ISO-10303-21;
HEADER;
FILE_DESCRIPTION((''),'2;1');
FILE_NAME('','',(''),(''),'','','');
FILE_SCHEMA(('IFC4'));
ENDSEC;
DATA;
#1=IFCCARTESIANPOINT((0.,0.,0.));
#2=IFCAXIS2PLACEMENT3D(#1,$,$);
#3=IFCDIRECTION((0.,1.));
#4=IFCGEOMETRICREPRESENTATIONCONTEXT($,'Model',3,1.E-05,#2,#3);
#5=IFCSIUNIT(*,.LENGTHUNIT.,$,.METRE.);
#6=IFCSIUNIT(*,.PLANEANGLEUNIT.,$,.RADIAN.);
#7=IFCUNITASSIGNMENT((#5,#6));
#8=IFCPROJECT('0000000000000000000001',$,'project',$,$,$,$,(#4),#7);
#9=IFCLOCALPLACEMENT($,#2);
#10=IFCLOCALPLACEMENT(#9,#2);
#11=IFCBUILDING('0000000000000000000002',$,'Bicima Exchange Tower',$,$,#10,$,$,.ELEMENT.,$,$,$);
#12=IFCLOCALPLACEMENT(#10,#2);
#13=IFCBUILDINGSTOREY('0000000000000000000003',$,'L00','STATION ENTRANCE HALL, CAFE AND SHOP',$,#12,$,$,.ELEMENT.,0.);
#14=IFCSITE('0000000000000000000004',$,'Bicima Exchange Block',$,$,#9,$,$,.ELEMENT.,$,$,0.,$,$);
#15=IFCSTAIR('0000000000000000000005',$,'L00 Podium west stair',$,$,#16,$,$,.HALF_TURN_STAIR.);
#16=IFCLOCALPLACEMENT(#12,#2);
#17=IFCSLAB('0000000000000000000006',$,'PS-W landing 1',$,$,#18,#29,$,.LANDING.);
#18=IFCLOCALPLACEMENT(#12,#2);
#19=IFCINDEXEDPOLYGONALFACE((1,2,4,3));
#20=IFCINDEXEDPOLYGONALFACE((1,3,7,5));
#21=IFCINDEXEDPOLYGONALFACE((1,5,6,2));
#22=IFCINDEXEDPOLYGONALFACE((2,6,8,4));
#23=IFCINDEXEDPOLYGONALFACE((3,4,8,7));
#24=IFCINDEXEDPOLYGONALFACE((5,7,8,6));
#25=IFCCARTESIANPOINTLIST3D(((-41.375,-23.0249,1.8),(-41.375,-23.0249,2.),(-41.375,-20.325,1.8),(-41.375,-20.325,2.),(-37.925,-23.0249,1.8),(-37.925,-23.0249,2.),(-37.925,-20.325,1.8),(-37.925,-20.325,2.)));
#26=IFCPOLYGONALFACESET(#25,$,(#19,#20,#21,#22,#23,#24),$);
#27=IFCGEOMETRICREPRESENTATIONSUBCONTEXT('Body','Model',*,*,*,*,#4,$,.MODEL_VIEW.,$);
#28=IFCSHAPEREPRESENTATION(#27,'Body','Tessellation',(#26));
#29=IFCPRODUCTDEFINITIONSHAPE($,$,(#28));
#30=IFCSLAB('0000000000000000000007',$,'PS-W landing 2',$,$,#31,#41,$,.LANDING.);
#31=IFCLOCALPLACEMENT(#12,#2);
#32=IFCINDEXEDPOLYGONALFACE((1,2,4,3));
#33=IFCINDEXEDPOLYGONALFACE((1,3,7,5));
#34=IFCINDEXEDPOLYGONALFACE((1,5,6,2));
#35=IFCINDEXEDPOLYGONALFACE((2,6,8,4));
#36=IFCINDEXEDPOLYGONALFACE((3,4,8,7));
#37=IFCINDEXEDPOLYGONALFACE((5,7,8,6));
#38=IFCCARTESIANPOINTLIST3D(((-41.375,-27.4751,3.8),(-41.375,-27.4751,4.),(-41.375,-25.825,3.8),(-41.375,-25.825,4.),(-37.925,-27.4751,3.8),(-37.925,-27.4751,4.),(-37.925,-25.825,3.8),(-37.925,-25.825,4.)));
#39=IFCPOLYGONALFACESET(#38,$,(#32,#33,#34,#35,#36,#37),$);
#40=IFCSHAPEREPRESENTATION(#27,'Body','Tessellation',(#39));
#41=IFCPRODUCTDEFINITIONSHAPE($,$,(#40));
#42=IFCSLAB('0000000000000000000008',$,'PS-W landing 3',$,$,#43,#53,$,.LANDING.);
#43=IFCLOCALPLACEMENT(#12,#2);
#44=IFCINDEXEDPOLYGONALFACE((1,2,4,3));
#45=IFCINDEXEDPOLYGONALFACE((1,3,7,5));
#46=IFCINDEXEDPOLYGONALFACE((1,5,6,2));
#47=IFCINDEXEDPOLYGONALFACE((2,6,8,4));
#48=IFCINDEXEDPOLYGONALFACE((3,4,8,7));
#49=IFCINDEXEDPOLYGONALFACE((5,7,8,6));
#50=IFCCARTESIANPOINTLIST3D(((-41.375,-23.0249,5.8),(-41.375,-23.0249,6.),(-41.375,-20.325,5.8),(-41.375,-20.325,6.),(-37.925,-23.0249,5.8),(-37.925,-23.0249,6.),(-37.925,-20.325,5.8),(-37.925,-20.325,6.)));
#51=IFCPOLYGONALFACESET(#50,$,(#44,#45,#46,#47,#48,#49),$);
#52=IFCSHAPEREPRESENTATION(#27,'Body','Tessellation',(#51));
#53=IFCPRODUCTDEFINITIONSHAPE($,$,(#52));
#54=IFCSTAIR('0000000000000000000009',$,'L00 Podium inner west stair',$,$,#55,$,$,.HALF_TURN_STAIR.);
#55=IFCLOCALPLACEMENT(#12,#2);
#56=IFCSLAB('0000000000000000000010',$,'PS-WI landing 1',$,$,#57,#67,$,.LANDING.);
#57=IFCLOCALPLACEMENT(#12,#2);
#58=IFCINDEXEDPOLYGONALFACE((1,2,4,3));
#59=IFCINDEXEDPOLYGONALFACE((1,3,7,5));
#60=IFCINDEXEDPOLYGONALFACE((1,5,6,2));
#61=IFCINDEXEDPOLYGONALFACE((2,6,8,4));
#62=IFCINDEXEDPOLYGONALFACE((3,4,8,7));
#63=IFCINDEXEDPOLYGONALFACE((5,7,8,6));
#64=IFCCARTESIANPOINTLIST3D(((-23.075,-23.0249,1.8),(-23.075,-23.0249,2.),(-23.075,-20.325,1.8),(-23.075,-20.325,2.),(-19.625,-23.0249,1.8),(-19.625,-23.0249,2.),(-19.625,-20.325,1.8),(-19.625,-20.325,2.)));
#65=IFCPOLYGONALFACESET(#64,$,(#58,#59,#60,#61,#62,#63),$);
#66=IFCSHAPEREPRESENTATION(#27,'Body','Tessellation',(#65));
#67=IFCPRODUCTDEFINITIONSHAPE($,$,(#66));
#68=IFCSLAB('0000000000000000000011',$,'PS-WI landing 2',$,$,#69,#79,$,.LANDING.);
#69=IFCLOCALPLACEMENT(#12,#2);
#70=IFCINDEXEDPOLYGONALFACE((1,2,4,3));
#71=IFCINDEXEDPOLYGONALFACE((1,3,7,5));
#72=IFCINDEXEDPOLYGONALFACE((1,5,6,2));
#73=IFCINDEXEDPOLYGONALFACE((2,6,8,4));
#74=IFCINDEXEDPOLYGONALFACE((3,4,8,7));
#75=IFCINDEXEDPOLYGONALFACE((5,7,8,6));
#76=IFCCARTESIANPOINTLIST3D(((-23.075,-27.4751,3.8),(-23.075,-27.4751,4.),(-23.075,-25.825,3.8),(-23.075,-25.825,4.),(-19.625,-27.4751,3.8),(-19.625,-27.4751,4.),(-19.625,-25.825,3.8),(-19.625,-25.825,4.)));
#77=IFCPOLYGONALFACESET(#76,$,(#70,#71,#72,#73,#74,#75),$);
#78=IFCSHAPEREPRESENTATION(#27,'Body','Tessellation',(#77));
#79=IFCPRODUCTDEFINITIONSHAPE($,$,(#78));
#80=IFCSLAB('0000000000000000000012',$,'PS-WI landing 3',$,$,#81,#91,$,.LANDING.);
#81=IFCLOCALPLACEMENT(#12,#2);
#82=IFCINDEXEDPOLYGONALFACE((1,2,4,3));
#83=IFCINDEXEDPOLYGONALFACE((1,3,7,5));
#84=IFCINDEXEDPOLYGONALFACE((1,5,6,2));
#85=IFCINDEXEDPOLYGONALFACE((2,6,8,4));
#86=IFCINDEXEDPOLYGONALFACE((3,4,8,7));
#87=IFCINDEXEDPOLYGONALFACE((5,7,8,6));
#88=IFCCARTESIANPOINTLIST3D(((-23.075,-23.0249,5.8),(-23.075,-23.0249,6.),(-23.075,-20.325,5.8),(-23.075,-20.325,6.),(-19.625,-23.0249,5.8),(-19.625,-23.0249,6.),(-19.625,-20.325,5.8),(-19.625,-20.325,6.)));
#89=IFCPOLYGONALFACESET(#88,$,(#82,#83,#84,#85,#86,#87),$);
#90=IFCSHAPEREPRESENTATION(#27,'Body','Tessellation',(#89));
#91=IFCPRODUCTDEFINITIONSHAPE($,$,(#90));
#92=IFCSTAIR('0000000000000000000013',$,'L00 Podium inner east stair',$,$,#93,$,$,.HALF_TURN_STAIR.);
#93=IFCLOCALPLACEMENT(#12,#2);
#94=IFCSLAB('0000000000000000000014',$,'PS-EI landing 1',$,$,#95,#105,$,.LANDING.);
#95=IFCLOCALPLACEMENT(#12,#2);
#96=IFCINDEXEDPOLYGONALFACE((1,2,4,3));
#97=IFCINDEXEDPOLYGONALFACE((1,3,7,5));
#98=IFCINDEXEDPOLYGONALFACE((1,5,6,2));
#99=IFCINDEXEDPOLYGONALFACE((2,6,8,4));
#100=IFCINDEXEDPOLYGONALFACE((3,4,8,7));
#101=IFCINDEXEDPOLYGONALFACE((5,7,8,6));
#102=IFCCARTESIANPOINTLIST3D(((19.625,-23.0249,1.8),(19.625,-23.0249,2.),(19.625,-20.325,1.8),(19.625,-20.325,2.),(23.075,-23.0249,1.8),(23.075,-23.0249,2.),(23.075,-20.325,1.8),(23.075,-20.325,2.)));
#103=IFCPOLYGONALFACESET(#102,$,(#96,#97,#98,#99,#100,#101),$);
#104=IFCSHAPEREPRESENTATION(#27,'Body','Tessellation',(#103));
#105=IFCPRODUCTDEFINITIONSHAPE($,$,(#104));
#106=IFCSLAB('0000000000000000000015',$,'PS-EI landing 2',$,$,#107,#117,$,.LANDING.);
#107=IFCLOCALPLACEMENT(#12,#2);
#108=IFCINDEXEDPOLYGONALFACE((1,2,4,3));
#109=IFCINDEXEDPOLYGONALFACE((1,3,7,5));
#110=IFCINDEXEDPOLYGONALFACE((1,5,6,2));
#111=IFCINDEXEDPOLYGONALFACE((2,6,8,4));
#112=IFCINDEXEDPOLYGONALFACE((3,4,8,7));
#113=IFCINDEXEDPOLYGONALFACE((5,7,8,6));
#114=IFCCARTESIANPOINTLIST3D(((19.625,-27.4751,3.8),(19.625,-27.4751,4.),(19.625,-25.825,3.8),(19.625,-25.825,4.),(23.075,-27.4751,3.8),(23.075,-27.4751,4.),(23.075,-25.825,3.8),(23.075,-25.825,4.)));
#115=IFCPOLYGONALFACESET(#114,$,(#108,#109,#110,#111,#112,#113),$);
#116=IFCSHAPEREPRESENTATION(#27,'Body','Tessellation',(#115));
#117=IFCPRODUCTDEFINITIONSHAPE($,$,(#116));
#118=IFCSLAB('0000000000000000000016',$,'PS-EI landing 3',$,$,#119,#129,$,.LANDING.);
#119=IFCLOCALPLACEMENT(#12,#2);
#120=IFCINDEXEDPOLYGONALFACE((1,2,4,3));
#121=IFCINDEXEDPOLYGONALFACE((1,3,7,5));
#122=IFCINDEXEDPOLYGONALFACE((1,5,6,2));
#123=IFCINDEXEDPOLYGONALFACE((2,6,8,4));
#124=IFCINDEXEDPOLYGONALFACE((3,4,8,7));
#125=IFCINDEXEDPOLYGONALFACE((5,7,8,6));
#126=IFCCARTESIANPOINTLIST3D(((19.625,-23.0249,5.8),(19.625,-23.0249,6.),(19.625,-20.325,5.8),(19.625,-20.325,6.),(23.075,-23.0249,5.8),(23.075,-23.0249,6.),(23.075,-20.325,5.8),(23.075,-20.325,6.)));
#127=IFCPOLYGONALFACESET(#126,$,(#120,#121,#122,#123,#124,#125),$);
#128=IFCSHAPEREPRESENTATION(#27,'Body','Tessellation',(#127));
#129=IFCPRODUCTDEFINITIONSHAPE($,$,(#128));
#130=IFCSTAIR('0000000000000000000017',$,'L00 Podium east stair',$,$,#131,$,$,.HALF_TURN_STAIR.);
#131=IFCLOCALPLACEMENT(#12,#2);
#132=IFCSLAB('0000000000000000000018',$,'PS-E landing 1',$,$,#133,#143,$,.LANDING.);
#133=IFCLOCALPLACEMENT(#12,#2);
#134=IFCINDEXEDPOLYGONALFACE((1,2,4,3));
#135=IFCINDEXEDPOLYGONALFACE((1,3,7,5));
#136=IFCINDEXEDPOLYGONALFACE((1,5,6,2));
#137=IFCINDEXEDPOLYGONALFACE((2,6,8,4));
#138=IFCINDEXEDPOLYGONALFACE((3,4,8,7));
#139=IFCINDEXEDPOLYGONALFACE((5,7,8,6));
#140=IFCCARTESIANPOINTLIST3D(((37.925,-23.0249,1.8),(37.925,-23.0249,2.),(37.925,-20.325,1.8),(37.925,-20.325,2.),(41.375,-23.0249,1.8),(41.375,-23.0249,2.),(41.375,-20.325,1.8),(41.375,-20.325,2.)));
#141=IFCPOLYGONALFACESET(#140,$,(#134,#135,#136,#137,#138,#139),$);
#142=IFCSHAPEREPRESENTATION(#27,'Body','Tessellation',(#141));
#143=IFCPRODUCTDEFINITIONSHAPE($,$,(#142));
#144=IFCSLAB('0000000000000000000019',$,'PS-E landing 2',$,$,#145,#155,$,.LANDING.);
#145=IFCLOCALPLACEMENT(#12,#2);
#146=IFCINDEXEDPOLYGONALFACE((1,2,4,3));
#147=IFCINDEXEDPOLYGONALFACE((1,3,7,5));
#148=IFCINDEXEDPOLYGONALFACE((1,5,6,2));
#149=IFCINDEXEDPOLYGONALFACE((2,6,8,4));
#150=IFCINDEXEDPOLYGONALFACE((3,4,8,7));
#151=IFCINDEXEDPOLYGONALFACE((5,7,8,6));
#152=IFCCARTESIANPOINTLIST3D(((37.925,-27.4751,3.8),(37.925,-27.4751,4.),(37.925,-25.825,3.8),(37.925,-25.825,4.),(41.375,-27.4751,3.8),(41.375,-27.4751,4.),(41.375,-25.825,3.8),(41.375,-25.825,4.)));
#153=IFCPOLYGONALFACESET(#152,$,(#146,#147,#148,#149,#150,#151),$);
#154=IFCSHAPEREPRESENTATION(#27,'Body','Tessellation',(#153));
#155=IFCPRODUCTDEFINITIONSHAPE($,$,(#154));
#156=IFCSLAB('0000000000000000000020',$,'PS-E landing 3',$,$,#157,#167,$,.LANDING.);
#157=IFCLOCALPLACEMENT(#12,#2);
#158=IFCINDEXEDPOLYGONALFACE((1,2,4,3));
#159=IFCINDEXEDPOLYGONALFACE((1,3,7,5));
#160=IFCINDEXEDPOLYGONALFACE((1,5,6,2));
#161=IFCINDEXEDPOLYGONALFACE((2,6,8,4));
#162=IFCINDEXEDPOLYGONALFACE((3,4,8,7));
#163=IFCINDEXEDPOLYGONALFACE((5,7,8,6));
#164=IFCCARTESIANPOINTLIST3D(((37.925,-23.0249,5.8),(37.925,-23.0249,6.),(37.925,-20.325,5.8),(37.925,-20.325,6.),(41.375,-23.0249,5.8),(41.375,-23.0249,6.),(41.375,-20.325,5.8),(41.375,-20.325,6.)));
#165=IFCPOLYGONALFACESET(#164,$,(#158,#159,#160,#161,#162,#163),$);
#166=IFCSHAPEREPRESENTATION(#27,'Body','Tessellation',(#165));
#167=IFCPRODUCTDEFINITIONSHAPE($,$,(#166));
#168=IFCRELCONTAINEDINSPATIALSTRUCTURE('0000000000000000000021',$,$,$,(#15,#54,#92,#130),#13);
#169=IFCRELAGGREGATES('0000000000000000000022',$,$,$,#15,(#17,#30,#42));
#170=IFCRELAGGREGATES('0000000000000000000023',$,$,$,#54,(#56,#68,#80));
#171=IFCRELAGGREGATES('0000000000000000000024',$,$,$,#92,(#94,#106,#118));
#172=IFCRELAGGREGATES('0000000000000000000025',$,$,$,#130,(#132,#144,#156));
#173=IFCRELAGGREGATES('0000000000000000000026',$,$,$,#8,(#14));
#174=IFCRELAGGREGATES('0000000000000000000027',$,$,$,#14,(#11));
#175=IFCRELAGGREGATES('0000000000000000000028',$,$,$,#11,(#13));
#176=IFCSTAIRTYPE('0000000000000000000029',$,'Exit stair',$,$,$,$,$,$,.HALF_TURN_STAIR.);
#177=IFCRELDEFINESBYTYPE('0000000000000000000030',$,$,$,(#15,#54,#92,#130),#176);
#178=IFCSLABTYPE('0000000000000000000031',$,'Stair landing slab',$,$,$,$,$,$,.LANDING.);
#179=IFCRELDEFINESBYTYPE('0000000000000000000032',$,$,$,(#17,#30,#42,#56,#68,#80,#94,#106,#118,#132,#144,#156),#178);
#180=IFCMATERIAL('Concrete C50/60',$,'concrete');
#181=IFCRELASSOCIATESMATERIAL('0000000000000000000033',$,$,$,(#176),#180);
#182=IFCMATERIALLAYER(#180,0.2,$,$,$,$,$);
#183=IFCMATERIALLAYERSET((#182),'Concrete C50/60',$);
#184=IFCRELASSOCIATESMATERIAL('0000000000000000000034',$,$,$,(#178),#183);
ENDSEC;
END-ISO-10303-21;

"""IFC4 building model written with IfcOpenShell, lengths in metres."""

from ifc_helpers import new_model, si_unit, direction, frame, origin, place, context, subcontext, project, spatial, polyline, outline, extrude, material, layer, layer_set, type_object, element, aggregate, save


model = new_model("IFC4")

# Units and contexts
model_context = context("Model", 3, precision=1e-05, world=origin(), true_north=direction((0.0, 1.0)))
body_context = subcontext(model_context, "Body", "Model", "MODEL_VIEW")
ifc_project = project(units=[si_unit("LENGTHUNIT", "METRE"), si_unit("PLANEANGLEUNIT", "RADIAN")], contexts=[model_context])

# Site, building, storey
site_placement = place(None, origin())
site = spatial("IfcSite", under=ifc_project, at=site_placement, Name="Bicima Exchange Block", CompositionType="ELEMENT", RefElevation=0.0)
building_placement = place(site_placement, origin())
building = spatial("IfcBuilding", under=site, at=building_placement, Name="Bicima Exchange Tower", CompositionType="ELEMENT")
storey_placement = place(building_placement, origin())
storey = spatial("IfcBuildingStorey", under=building, at=storey_placement, Name="L00", Description="STATION ENTRANCE HALL, CAFE AND SHOP", CompositionType="ELEMENT", Elevation=0.0)

# Stairs, slabs
ifc_material_1 = material(Name="Concrete C50/60", Category="concrete")
stair_type_1 = type_object("IfcStairType", Name="Exit stair", PredefinedType="HALF_TURN_STAIR", material=ifc_material_1)
ifc_layer = layer(ifc_material_1, 0.2)
ifc_layer_set = layer_set([ifc_layer], Name="Concrete C50/60")
slab_type = type_object("IfcSlabType", Name="Stair landing slab", PredefinedType="LANDING", material=ifc_layer_set)
stair_1_placement = place(storey_placement, origin())
stair_1 = element("IfcStair", 1, at=stair_1_placement, inside=storey, type_object=stair_type_1, Name="L00 Podium west stair", PredefinedType="HALF_TURN_STAIR")
slab_1_placement = place(storey_placement, frame((0.0, 0.0, 1.8)))
slab_1 = element("IfcSlab", 2, at=slab_1_placement, type_object=slab_type, Name="PS-W landing 1", PredefinedType="LANDING", context=body_context, shape_type="SweptSolid", body=[
    extrude(outline(polyline([(-37.925, -23.0249), (-37.925, -20.325), (-41.375, -20.325), (-41.375, -23.0249), (-37.925, -23.0249)])), origin(), (0.0, 0.0, 1.0), 0.2),
])
slab_2_placement = place(storey_placement, frame((0.0, 0.0, 3.8)))
slab_2 = element("IfcSlab", 3, at=slab_2_placement, type_object=slab_type, Name="PS-W landing 2", PredefinedType="LANDING", context=body_context, shape_type="SweptSolid", body=[
    extrude(outline(polyline([(-37.925, -27.4751), (-37.925, -25.825), (-41.375, -25.825), (-41.375, -27.4751), (-37.925, -27.4751)])), origin(), (0.0, 0.0, 1.0), 0.2),
])
slab_3_placement = place(storey_placement, frame((0.0, 0.0, 5.8)))
slab_3 = element("IfcSlab", 4, at=slab_3_placement, type_object=slab_type, Name="PS-W landing 3", PredefinedType="LANDING", context=body_context, shape_type="SweptSolid", body=[
    extrude(outline(polyline([(-37.925, -23.0249), (-37.925, -20.325), (-41.375, -20.325), (-41.375, -23.0249), (-37.925, -23.0249)])), origin(), (0.0, 0.0, 1.0), 0.2),
])
aggregate(stair_1, [slab_1, slab_2, slab_3])
stair_2_placement = place(storey_placement, origin())
stair_2 = element("IfcStair", 5, at=stair_2_placement, inside=storey, type_object=stair_type_1, Name="L00 Podium inner west stair", PredefinedType="HALF_TURN_STAIR")
slab_4_placement = place(storey_placement, frame((0.0, 0.0, 1.8)))
slab_4 = element("IfcSlab", 6, at=slab_4_placement, type_object=slab_type, Name="PS-WI landing 1", PredefinedType="LANDING", context=body_context, shape_type="SweptSolid", body=[
    extrude(outline(polyline([(-19.625, -23.0249), (-19.625, -20.325), (-23.075, -20.325), (-23.075, -23.0249), (-19.625, -23.0249)])), origin(), (0.0, 0.0, 1.0), 0.2),
])
slab_5_placement = place(storey_placement, frame((0.0, 0.0, 3.8)))
slab_5 = element("IfcSlab", 7, at=slab_5_placement, type_object=slab_type, Name="PS-WI landing 2", PredefinedType="LANDING", context=body_context, shape_type="SweptSolid", body=[
    extrude(outline(polyline([(-19.625, -27.4751), (-19.625, -25.825), (-23.075, -25.825), (-23.075, -27.4751), (-19.625, -27.4751)])), origin(), (0.0, 0.0, 1.0), 0.2),
])
slab_6_placement = place(storey_placement, frame((0.0, 0.0, 5.8)))
slab_6 = element("IfcSlab", 8, at=slab_6_placement, type_object=slab_type, Name="PS-WI landing 3", PredefinedType="LANDING", context=body_context, shape_type="SweptSolid", body=[
    extrude(outline(polyline([(-19.625, -23.0249), (-19.625, -20.325), (-23.075, -20.325), (-23.075, -23.0249), (-19.625, -23.0249)])), origin(), (0.0, 0.0, 1.0), 0.2),
])
aggregate(stair_2, [slab_4, slab_5, slab_6])
stair_3_placement = place(storey_placement, origin())
stair_3 = element("IfcStair", 9, at=stair_3_placement, inside=storey, type_object=stair_type_1, Name="L00 Podium inner east stair", PredefinedType="HALF_TURN_STAIR")
slab_7_placement = place(storey_placement, frame((0.0, 0.0, 1.8)))
slab_7 = element("IfcSlab", 10, at=slab_7_placement, type_object=slab_type, Name="PS-EI landing 1", PredefinedType="LANDING", context=body_context, shape_type="SweptSolid", body=[
    extrude(outline(polyline([(23.075, -23.0249), (23.075, -20.325), (19.625, -20.325), (19.625, -23.0249), (23.075, -23.0249)])), origin(), (0.0, 0.0, 1.0), 0.2),
])
slab_8_placement = place(storey_placement, frame((0.0, 0.0, 3.8)))
slab_8 = element("IfcSlab", 11, at=slab_8_placement, type_object=slab_type, Name="PS-EI landing 2", PredefinedType="LANDING", context=body_context, shape_type="SweptSolid", body=[
    extrude(outline(polyline([(23.075, -27.4751), (23.075, -25.825), (19.625, -25.825), (19.625, -27.4751), (23.075, -27.4751)])), origin(), (0.0, 0.0, 1.0), 0.2),
])
slab_9_placement = place(storey_placement, frame((0.0, 0.0, 5.8)))
slab_9 = element("IfcSlab", 12, at=slab_9_placement, type_object=slab_type, Name="PS-EI landing 3", PredefinedType="LANDING", context=body_context, shape_type="SweptSolid", body=[
    extrude(outline(polyline([(23.075, -23.0249), (23.075, -20.325), (19.625, -20.325), (19.625, -23.0249), (23.075, -23.0249)])), origin(), (0.0, 0.0, 1.0), 0.2),
])
aggregate(stair_3, [slab_7, slab_8, slab_9])
stair_4_placement = place(storey_placement, origin())
stair_4 = element("IfcStair", 13, at=stair_4_placement, inside=storey, type_object=stair_type_1, Name="L00 Podium east stair", PredefinedType="HALF_TURN_STAIR")
slab_10_placement = place(storey_placement, frame((0.0, 0.0, 1.8)))
slab_10 = element("IfcSlab", 14, at=slab_10_placement, type_object=slab_type, Name="PS-E landing 1", PredefinedType="LANDING", context=body_context, shape_type="SweptSolid", body=[
    extrude(outline(polyline([(41.375, -23.0249), (41.375, -20.325), (37.925, -20.325), (37.925, -23.0249), (41.375, -23.0249)])), origin(), (0.0, 0.0, 1.0), 0.2),
])
slab_11_placement = place(storey_placement, frame((0.0, 0.0, 3.8)))
slab_11 = element("IfcSlab", 15, at=slab_11_placement, type_object=slab_type, Name="PS-E landing 2", PredefinedType="LANDING", context=body_context, shape_type="SweptSolid", body=[
    extrude(outline(polyline([(41.375, -27.4751), (41.375, -25.825), (37.925, -25.825), (37.925, -27.4751), (41.375, -27.4751)])), origin(), (0.0, 0.0, 1.0), 0.2),
])
slab_12_placement = place(storey_placement, frame((0.0, 0.0, 5.8)))
slab_12 = element("IfcSlab", 16, at=slab_12_placement, type_object=slab_type, Name="PS-E landing 3", PredefinedType="LANDING", context=body_context, shape_type="SweptSolid", body=[
    extrude(outline(polyline([(41.375, -23.0249), (41.375, -20.325), (37.925, -20.325), (37.925, -23.0249), (41.375, -23.0249)])), origin(), (0.0, 0.0, 1.0), 0.2),
])
aggregate(stair_4, [slab_10, slab_11, slab_12])

save(model, "model.ifc")
